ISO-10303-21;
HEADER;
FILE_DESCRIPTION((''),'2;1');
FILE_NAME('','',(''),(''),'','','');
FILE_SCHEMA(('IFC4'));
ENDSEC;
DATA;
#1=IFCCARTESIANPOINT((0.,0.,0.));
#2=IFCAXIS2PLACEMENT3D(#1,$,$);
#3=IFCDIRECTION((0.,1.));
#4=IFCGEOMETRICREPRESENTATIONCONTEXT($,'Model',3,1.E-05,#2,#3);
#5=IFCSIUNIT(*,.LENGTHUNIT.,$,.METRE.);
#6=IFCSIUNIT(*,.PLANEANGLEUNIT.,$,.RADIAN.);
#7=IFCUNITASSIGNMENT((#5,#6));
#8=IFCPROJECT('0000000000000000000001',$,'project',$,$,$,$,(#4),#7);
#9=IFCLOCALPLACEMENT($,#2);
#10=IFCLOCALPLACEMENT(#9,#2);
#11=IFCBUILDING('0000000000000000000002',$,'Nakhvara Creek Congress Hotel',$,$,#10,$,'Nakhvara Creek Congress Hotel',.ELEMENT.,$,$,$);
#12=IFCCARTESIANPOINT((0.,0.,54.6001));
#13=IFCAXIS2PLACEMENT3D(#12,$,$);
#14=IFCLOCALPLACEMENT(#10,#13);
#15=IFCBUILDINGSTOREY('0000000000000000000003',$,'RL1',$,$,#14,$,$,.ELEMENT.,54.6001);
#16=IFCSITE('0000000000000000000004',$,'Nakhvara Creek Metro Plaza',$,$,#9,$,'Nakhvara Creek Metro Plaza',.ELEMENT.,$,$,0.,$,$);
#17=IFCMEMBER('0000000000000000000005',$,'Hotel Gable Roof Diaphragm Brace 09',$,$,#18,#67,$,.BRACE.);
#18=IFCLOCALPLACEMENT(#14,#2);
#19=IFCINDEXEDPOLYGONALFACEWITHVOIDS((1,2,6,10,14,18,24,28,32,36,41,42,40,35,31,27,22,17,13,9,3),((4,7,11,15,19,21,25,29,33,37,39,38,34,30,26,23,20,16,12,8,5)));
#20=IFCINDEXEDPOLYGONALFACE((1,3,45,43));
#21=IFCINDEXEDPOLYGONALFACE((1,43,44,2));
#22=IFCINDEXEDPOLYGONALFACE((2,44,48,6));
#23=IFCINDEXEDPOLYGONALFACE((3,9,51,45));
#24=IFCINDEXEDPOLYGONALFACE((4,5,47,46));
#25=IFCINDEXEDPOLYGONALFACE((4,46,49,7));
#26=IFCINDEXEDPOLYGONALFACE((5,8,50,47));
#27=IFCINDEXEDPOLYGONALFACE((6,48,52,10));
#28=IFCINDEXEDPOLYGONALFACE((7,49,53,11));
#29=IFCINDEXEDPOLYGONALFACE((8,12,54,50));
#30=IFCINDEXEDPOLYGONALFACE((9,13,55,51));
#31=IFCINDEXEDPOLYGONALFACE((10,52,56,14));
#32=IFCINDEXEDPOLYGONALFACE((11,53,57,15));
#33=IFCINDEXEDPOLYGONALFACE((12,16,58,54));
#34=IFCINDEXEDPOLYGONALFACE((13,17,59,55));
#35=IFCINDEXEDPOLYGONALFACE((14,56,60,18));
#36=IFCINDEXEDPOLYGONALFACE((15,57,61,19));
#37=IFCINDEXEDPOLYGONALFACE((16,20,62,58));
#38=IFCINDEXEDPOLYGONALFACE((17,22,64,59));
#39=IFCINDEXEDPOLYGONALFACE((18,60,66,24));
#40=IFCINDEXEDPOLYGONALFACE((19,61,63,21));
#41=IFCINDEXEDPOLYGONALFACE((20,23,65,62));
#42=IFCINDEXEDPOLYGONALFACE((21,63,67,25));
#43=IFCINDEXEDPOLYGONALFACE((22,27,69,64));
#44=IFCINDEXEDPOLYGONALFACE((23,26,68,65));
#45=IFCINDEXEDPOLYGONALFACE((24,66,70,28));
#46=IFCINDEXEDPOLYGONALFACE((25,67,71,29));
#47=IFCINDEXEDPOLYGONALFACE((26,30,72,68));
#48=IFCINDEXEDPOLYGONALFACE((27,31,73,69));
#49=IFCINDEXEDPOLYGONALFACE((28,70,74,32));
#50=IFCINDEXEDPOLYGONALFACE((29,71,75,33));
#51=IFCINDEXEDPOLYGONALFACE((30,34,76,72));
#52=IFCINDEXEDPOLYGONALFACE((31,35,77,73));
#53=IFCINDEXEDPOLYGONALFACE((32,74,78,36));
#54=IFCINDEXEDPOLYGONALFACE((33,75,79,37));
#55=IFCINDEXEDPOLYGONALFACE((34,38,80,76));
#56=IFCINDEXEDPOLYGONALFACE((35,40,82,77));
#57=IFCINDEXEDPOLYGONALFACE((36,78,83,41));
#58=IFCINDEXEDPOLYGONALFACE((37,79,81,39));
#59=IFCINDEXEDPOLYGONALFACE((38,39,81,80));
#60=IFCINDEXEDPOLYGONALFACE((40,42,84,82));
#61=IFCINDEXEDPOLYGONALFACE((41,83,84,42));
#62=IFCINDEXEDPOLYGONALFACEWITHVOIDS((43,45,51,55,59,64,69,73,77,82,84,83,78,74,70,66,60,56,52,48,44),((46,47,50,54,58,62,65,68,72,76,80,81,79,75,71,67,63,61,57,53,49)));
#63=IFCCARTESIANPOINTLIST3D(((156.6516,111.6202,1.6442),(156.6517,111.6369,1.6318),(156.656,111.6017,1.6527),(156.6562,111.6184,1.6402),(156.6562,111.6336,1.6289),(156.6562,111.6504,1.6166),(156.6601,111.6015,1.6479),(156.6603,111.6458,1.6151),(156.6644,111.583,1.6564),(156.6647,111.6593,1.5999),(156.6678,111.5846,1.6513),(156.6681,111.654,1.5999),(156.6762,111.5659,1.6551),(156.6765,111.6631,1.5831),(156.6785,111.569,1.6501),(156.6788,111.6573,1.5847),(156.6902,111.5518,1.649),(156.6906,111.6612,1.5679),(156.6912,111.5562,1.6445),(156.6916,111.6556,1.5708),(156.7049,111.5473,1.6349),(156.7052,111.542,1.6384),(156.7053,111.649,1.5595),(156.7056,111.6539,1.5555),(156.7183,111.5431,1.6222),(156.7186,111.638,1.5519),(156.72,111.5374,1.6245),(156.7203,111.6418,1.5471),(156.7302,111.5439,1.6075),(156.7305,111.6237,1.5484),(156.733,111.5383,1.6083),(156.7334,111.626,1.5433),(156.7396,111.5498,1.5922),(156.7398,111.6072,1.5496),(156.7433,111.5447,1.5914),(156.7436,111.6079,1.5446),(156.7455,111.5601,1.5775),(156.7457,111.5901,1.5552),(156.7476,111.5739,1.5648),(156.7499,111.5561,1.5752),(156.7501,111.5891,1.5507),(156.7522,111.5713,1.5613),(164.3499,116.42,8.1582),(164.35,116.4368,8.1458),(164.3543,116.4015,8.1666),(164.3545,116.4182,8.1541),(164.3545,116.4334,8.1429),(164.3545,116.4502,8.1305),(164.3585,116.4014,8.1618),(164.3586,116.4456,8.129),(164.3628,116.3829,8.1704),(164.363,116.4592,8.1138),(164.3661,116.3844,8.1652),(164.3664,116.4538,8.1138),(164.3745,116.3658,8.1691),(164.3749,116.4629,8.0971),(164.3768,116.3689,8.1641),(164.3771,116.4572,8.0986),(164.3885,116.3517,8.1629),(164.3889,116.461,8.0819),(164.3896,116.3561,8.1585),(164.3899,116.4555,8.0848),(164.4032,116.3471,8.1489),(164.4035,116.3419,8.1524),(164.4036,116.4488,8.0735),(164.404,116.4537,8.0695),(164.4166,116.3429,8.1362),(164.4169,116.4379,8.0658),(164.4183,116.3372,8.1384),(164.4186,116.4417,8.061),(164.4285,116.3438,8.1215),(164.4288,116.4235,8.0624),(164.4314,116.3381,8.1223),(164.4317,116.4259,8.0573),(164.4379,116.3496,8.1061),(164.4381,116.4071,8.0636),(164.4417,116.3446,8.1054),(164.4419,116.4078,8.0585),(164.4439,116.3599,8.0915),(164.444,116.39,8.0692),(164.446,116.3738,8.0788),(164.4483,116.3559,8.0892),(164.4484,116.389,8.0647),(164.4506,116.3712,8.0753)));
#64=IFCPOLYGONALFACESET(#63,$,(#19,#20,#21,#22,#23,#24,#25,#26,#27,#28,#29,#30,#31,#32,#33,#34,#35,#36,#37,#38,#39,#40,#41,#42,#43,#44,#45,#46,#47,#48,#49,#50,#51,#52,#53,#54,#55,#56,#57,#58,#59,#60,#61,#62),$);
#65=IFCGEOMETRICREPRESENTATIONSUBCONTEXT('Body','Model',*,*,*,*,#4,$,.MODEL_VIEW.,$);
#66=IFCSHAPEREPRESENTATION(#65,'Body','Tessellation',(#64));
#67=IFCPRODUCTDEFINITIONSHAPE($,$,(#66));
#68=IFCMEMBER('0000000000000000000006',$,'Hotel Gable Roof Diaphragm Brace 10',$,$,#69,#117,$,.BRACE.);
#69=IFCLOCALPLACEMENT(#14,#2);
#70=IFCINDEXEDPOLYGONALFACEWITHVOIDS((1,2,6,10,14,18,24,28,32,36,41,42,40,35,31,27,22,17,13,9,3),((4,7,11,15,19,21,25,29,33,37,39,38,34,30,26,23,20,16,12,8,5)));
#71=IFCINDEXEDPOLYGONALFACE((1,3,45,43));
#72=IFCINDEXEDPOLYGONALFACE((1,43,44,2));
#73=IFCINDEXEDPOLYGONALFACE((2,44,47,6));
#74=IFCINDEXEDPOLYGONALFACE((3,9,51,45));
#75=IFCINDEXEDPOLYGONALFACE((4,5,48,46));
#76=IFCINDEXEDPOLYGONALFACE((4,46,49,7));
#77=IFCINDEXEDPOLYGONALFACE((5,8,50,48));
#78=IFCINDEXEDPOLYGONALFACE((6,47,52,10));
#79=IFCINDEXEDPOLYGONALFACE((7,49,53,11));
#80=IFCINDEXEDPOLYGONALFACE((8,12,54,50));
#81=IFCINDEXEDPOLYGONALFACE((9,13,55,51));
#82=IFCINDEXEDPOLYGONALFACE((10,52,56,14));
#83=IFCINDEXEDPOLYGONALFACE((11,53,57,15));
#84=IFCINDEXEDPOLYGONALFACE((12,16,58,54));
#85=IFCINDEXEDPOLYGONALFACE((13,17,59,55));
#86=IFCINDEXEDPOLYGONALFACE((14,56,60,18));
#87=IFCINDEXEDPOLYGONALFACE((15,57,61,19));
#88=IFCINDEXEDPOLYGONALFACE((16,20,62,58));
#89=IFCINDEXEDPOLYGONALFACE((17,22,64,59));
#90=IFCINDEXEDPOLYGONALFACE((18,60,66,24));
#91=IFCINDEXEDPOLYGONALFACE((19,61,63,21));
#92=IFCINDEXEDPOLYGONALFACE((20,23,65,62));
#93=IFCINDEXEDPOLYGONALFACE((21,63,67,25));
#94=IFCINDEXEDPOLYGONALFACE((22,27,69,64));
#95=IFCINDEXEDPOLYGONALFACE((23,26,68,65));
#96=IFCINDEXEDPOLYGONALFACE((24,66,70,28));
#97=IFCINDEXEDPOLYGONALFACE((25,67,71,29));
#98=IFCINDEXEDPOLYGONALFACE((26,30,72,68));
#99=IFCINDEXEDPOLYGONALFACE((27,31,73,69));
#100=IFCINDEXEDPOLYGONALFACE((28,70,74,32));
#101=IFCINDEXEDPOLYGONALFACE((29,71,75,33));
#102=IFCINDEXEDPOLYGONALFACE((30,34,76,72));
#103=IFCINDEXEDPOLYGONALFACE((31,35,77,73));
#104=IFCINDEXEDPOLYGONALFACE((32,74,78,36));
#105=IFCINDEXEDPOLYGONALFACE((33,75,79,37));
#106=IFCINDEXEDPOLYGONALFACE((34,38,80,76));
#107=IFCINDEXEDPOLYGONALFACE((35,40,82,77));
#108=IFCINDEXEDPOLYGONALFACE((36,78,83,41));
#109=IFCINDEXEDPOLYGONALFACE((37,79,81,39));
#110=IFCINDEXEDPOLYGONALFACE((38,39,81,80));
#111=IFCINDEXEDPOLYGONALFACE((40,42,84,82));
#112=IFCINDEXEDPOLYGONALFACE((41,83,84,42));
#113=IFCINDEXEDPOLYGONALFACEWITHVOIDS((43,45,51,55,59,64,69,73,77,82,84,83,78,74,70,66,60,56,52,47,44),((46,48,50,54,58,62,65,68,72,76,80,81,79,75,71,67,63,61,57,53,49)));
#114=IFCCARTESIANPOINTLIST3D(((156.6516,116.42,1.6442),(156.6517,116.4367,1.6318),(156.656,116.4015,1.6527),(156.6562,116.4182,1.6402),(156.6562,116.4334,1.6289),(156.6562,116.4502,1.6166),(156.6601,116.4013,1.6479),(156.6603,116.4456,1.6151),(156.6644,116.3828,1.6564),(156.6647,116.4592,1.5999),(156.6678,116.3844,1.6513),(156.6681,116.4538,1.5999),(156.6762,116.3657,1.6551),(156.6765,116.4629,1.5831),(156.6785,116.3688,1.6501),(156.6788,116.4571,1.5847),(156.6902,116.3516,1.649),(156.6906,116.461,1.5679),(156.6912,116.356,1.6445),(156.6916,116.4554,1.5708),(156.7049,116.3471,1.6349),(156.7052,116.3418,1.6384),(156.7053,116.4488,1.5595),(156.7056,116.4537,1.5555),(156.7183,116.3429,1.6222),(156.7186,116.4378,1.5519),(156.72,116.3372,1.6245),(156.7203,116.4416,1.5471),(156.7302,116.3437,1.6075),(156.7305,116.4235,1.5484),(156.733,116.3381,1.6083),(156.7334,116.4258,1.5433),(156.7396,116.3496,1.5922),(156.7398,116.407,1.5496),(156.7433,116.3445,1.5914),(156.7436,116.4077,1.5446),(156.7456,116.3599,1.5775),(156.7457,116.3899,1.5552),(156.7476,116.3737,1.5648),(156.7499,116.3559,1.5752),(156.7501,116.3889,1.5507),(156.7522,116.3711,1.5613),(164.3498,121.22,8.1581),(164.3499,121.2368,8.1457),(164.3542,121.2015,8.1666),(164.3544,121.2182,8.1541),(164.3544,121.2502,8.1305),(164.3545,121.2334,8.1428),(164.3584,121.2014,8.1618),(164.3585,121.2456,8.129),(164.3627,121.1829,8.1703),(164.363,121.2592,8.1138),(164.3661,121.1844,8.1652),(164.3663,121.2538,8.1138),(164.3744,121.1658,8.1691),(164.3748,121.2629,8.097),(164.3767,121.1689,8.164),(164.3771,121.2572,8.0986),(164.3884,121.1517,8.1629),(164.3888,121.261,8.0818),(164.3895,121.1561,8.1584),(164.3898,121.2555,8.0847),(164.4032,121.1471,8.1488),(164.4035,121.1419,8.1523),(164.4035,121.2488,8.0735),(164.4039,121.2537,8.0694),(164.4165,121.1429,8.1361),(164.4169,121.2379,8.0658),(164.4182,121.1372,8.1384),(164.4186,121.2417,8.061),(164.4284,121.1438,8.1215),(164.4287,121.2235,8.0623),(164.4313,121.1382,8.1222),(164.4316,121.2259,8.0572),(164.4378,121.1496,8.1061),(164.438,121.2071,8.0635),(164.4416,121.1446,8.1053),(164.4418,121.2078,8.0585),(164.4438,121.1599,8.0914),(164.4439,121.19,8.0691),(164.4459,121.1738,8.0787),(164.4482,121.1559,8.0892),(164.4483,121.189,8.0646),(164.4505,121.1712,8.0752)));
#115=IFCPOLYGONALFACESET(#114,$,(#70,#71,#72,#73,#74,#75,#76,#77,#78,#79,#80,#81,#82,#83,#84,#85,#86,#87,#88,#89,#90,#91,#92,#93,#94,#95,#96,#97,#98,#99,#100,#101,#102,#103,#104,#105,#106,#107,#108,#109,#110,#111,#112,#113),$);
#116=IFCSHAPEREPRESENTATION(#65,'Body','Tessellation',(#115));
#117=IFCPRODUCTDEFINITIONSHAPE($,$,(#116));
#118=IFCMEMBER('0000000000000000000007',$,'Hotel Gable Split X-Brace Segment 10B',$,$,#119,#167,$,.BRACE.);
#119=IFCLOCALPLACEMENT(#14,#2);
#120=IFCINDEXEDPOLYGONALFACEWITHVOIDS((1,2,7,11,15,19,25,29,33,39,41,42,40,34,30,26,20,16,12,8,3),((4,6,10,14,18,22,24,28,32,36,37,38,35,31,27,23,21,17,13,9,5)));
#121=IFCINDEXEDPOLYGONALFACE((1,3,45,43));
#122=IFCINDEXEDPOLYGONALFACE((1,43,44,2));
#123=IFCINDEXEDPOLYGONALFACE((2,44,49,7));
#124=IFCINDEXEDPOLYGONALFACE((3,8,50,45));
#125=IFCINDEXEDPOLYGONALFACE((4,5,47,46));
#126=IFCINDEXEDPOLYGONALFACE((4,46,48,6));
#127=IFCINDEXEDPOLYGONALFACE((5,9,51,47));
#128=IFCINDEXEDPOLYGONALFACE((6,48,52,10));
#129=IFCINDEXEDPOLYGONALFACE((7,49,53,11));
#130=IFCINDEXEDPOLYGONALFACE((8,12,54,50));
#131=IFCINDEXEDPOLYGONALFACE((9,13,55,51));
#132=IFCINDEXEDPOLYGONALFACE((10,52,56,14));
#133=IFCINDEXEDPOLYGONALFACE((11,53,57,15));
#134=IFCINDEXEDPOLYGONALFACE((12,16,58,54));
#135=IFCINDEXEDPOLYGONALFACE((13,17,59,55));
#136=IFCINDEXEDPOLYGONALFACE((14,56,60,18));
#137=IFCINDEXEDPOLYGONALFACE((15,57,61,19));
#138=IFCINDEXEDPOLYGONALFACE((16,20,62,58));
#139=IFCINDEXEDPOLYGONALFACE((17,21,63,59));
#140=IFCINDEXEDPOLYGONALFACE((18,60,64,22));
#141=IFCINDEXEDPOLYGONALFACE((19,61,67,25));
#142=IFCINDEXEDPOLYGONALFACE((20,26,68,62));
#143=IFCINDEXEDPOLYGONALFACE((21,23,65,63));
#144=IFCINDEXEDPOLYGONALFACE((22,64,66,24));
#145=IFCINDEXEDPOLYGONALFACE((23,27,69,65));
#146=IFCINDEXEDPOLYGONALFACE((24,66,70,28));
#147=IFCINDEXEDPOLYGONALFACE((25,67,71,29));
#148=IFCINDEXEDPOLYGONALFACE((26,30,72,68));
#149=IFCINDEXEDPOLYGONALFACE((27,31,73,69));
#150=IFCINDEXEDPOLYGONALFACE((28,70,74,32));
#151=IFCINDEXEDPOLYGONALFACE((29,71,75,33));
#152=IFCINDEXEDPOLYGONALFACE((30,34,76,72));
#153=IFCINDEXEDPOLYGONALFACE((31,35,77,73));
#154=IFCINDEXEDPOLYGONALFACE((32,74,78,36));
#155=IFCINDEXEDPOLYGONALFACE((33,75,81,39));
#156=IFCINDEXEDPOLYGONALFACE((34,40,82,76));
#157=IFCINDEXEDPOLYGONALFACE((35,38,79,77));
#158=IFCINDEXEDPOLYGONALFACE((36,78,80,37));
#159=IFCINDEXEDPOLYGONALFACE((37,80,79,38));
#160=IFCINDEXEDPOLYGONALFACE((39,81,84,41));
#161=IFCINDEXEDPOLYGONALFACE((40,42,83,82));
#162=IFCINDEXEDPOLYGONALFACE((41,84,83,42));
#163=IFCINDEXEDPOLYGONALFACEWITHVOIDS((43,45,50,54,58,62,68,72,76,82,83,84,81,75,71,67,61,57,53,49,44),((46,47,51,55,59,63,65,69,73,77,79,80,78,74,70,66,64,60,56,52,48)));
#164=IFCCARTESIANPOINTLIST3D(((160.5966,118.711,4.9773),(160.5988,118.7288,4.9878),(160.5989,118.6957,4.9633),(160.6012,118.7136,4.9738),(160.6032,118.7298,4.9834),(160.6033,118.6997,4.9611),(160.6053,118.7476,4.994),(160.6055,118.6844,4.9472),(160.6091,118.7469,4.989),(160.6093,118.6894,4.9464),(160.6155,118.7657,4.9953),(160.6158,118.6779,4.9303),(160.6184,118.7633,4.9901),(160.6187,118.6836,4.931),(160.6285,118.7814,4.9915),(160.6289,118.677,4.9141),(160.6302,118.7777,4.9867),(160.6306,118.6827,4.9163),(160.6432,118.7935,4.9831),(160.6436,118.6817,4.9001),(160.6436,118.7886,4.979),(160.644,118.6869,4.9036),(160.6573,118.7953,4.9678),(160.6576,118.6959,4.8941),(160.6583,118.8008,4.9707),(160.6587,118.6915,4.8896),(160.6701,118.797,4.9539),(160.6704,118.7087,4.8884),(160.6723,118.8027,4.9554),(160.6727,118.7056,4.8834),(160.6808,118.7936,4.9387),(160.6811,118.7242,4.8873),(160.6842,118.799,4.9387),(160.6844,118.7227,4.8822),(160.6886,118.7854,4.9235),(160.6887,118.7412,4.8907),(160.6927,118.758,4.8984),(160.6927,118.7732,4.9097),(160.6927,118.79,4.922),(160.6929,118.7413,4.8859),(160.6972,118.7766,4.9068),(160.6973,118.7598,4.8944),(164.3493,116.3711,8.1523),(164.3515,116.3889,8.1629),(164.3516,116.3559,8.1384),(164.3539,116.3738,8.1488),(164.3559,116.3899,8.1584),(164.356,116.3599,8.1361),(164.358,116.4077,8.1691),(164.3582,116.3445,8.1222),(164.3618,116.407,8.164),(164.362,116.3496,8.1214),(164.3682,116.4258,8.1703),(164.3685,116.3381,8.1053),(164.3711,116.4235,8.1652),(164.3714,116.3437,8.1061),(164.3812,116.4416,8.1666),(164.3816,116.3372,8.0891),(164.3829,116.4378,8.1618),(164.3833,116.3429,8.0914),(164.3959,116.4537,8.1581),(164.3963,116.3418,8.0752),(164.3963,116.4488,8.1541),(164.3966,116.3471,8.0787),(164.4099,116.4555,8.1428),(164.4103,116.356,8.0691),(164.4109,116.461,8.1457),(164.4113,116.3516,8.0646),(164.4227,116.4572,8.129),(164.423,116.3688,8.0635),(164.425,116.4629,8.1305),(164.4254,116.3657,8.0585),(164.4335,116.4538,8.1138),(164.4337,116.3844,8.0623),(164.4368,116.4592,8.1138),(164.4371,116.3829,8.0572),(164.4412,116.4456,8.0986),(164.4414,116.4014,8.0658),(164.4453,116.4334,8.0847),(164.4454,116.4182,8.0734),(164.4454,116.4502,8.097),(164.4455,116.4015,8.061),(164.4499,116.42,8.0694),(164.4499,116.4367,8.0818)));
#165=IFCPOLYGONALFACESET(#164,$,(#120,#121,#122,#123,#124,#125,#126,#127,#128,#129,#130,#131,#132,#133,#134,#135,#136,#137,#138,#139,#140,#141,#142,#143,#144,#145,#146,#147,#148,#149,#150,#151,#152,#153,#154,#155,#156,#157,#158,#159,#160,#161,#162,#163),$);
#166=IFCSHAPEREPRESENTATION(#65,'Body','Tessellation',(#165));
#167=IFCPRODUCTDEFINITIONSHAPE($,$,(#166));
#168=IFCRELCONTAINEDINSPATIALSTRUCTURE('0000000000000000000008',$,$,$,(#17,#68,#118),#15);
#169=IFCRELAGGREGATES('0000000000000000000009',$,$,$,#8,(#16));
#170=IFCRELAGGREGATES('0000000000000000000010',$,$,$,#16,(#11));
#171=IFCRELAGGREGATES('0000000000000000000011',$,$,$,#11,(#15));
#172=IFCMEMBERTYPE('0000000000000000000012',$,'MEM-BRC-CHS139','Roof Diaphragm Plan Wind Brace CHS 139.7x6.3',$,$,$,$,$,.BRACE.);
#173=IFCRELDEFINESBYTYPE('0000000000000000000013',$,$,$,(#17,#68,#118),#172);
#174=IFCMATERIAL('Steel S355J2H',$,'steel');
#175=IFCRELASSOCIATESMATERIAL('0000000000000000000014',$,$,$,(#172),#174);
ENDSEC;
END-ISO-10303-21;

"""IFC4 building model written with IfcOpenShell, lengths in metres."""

from ifc_helpers import new_model, si_unit, direction, frame, origin, origin_2d, place, context, subcontext, project, spatial, hollow_circle, extrude, material, material_profile, profile_set, type_object, element, save


model = new_model("IFC4")

# Units and contexts
model_context = context("Model", 3, precision=1e-05, world=origin(), true_north=direction((0.0, 1.0)))
body_context = subcontext(model_context, "Body", "Model", "MODEL_VIEW")
ifc_project = project(units=[si_unit("LENGTHUNIT", "METRE"), si_unit("PLANEANGLEUNIT", "RADIAN")], contexts=[model_context])

# Site, building, storey
site_placement = place(None, origin())
site = spatial("IfcSite", under=ifc_project, at=site_placement, Name="Nakhvara Creek Metro Plaza", LongName="Nakhvara Creek Metro Plaza", CompositionType="ELEMENT", RefElevation=0.0)
building_placement = place(site_placement, origin())
building = spatial("IfcBuilding", under=site, at=building_placement, Name="Nakhvara Creek Congress Hotel", LongName="Nakhvara Creek Congress Hotel", CompositionType="ELEMENT")
storey_placement = place(building_placement, frame((0.0, 0.0, 54.6001)))
storey = spatial("IfcBuildingStorey", under=building, at=storey_placement, Name="RL1", CompositionType="ELEMENT", Elevation=54.6001)

# Members
ifc_material_1 = material(Name="Steel S355J2H", Category="steel")
ifc_material_profile_1 = material_profile(ifc_material_1, hollow_circle(Radius=0.0698, WallThickness=0.0063, at=origin_2d()), Name="CHS 139.7x6.3", Category="LoadBearing")
ifc_profile_set_1 = profile_set([ifc_material_profile_1], Name="Steel S355J2H")
member_type_1 = type_object("IfcMemberType", Name="MEM-BRC-CHS139", Description="Roof Diaphragm Plan Wind Brace CHS 139.7x6.3", PredefinedType="BRACE", material=ifc_profile_set_1)
for number, where, z_axis, x_axis, name in (
    (1, (156.7017, 111.6001, 1.5999), (0.689291, 0.429768, 0.583248), (-0.529079, 0.848572, 0.0), "Hotel Gable Roof Diaphragm Brace 09"),
    (2, (156.7017, 116.3999, 1.5999), (0.689284, 0.429786, 0.583242), (-0.529099, 0.84856, 0.0), "Hotel Gable Roof Diaphragm Brace 10"),
):
    element("IfcMember", number, at=place(storey_placement, frame(where, z_axis=z_axis, x_axis=x_axis)), inside=storey, type_object=member_type_1, Name=name, PredefinedType="BRACE", context=body_context, shape_type="SweptSolid", body=[
        extrude(hollow_circle(Radius=0.0698, WallThickness=0.0063, at=origin_2d()), origin(), (0.0, 0.0, 1.0), 11.1685),
    ])
member_1_placement = place(storey_placement, frame((160.6472, 118.7397, 4.9387), z_axis=(0.68931, -0.429793, 0.583207), x_axis=(0.529091, 0.848565, 0.0)))
element("IfcMember", 3, at=member_1_placement, inside=storey, type_object=member_type_1, Name="Hotel Gable Split X-Brace Segment 10B", PredefinedType="BRACE", context=body_context, shape_type="SweptSolid", body=[
    extrude(hollow_circle(Radius=0.0698, WallThickness=0.0063, at=origin_2d()), origin(), (0.0, 0.0, 1.0), 5.4441),
])

save(model, "model.ifc")
